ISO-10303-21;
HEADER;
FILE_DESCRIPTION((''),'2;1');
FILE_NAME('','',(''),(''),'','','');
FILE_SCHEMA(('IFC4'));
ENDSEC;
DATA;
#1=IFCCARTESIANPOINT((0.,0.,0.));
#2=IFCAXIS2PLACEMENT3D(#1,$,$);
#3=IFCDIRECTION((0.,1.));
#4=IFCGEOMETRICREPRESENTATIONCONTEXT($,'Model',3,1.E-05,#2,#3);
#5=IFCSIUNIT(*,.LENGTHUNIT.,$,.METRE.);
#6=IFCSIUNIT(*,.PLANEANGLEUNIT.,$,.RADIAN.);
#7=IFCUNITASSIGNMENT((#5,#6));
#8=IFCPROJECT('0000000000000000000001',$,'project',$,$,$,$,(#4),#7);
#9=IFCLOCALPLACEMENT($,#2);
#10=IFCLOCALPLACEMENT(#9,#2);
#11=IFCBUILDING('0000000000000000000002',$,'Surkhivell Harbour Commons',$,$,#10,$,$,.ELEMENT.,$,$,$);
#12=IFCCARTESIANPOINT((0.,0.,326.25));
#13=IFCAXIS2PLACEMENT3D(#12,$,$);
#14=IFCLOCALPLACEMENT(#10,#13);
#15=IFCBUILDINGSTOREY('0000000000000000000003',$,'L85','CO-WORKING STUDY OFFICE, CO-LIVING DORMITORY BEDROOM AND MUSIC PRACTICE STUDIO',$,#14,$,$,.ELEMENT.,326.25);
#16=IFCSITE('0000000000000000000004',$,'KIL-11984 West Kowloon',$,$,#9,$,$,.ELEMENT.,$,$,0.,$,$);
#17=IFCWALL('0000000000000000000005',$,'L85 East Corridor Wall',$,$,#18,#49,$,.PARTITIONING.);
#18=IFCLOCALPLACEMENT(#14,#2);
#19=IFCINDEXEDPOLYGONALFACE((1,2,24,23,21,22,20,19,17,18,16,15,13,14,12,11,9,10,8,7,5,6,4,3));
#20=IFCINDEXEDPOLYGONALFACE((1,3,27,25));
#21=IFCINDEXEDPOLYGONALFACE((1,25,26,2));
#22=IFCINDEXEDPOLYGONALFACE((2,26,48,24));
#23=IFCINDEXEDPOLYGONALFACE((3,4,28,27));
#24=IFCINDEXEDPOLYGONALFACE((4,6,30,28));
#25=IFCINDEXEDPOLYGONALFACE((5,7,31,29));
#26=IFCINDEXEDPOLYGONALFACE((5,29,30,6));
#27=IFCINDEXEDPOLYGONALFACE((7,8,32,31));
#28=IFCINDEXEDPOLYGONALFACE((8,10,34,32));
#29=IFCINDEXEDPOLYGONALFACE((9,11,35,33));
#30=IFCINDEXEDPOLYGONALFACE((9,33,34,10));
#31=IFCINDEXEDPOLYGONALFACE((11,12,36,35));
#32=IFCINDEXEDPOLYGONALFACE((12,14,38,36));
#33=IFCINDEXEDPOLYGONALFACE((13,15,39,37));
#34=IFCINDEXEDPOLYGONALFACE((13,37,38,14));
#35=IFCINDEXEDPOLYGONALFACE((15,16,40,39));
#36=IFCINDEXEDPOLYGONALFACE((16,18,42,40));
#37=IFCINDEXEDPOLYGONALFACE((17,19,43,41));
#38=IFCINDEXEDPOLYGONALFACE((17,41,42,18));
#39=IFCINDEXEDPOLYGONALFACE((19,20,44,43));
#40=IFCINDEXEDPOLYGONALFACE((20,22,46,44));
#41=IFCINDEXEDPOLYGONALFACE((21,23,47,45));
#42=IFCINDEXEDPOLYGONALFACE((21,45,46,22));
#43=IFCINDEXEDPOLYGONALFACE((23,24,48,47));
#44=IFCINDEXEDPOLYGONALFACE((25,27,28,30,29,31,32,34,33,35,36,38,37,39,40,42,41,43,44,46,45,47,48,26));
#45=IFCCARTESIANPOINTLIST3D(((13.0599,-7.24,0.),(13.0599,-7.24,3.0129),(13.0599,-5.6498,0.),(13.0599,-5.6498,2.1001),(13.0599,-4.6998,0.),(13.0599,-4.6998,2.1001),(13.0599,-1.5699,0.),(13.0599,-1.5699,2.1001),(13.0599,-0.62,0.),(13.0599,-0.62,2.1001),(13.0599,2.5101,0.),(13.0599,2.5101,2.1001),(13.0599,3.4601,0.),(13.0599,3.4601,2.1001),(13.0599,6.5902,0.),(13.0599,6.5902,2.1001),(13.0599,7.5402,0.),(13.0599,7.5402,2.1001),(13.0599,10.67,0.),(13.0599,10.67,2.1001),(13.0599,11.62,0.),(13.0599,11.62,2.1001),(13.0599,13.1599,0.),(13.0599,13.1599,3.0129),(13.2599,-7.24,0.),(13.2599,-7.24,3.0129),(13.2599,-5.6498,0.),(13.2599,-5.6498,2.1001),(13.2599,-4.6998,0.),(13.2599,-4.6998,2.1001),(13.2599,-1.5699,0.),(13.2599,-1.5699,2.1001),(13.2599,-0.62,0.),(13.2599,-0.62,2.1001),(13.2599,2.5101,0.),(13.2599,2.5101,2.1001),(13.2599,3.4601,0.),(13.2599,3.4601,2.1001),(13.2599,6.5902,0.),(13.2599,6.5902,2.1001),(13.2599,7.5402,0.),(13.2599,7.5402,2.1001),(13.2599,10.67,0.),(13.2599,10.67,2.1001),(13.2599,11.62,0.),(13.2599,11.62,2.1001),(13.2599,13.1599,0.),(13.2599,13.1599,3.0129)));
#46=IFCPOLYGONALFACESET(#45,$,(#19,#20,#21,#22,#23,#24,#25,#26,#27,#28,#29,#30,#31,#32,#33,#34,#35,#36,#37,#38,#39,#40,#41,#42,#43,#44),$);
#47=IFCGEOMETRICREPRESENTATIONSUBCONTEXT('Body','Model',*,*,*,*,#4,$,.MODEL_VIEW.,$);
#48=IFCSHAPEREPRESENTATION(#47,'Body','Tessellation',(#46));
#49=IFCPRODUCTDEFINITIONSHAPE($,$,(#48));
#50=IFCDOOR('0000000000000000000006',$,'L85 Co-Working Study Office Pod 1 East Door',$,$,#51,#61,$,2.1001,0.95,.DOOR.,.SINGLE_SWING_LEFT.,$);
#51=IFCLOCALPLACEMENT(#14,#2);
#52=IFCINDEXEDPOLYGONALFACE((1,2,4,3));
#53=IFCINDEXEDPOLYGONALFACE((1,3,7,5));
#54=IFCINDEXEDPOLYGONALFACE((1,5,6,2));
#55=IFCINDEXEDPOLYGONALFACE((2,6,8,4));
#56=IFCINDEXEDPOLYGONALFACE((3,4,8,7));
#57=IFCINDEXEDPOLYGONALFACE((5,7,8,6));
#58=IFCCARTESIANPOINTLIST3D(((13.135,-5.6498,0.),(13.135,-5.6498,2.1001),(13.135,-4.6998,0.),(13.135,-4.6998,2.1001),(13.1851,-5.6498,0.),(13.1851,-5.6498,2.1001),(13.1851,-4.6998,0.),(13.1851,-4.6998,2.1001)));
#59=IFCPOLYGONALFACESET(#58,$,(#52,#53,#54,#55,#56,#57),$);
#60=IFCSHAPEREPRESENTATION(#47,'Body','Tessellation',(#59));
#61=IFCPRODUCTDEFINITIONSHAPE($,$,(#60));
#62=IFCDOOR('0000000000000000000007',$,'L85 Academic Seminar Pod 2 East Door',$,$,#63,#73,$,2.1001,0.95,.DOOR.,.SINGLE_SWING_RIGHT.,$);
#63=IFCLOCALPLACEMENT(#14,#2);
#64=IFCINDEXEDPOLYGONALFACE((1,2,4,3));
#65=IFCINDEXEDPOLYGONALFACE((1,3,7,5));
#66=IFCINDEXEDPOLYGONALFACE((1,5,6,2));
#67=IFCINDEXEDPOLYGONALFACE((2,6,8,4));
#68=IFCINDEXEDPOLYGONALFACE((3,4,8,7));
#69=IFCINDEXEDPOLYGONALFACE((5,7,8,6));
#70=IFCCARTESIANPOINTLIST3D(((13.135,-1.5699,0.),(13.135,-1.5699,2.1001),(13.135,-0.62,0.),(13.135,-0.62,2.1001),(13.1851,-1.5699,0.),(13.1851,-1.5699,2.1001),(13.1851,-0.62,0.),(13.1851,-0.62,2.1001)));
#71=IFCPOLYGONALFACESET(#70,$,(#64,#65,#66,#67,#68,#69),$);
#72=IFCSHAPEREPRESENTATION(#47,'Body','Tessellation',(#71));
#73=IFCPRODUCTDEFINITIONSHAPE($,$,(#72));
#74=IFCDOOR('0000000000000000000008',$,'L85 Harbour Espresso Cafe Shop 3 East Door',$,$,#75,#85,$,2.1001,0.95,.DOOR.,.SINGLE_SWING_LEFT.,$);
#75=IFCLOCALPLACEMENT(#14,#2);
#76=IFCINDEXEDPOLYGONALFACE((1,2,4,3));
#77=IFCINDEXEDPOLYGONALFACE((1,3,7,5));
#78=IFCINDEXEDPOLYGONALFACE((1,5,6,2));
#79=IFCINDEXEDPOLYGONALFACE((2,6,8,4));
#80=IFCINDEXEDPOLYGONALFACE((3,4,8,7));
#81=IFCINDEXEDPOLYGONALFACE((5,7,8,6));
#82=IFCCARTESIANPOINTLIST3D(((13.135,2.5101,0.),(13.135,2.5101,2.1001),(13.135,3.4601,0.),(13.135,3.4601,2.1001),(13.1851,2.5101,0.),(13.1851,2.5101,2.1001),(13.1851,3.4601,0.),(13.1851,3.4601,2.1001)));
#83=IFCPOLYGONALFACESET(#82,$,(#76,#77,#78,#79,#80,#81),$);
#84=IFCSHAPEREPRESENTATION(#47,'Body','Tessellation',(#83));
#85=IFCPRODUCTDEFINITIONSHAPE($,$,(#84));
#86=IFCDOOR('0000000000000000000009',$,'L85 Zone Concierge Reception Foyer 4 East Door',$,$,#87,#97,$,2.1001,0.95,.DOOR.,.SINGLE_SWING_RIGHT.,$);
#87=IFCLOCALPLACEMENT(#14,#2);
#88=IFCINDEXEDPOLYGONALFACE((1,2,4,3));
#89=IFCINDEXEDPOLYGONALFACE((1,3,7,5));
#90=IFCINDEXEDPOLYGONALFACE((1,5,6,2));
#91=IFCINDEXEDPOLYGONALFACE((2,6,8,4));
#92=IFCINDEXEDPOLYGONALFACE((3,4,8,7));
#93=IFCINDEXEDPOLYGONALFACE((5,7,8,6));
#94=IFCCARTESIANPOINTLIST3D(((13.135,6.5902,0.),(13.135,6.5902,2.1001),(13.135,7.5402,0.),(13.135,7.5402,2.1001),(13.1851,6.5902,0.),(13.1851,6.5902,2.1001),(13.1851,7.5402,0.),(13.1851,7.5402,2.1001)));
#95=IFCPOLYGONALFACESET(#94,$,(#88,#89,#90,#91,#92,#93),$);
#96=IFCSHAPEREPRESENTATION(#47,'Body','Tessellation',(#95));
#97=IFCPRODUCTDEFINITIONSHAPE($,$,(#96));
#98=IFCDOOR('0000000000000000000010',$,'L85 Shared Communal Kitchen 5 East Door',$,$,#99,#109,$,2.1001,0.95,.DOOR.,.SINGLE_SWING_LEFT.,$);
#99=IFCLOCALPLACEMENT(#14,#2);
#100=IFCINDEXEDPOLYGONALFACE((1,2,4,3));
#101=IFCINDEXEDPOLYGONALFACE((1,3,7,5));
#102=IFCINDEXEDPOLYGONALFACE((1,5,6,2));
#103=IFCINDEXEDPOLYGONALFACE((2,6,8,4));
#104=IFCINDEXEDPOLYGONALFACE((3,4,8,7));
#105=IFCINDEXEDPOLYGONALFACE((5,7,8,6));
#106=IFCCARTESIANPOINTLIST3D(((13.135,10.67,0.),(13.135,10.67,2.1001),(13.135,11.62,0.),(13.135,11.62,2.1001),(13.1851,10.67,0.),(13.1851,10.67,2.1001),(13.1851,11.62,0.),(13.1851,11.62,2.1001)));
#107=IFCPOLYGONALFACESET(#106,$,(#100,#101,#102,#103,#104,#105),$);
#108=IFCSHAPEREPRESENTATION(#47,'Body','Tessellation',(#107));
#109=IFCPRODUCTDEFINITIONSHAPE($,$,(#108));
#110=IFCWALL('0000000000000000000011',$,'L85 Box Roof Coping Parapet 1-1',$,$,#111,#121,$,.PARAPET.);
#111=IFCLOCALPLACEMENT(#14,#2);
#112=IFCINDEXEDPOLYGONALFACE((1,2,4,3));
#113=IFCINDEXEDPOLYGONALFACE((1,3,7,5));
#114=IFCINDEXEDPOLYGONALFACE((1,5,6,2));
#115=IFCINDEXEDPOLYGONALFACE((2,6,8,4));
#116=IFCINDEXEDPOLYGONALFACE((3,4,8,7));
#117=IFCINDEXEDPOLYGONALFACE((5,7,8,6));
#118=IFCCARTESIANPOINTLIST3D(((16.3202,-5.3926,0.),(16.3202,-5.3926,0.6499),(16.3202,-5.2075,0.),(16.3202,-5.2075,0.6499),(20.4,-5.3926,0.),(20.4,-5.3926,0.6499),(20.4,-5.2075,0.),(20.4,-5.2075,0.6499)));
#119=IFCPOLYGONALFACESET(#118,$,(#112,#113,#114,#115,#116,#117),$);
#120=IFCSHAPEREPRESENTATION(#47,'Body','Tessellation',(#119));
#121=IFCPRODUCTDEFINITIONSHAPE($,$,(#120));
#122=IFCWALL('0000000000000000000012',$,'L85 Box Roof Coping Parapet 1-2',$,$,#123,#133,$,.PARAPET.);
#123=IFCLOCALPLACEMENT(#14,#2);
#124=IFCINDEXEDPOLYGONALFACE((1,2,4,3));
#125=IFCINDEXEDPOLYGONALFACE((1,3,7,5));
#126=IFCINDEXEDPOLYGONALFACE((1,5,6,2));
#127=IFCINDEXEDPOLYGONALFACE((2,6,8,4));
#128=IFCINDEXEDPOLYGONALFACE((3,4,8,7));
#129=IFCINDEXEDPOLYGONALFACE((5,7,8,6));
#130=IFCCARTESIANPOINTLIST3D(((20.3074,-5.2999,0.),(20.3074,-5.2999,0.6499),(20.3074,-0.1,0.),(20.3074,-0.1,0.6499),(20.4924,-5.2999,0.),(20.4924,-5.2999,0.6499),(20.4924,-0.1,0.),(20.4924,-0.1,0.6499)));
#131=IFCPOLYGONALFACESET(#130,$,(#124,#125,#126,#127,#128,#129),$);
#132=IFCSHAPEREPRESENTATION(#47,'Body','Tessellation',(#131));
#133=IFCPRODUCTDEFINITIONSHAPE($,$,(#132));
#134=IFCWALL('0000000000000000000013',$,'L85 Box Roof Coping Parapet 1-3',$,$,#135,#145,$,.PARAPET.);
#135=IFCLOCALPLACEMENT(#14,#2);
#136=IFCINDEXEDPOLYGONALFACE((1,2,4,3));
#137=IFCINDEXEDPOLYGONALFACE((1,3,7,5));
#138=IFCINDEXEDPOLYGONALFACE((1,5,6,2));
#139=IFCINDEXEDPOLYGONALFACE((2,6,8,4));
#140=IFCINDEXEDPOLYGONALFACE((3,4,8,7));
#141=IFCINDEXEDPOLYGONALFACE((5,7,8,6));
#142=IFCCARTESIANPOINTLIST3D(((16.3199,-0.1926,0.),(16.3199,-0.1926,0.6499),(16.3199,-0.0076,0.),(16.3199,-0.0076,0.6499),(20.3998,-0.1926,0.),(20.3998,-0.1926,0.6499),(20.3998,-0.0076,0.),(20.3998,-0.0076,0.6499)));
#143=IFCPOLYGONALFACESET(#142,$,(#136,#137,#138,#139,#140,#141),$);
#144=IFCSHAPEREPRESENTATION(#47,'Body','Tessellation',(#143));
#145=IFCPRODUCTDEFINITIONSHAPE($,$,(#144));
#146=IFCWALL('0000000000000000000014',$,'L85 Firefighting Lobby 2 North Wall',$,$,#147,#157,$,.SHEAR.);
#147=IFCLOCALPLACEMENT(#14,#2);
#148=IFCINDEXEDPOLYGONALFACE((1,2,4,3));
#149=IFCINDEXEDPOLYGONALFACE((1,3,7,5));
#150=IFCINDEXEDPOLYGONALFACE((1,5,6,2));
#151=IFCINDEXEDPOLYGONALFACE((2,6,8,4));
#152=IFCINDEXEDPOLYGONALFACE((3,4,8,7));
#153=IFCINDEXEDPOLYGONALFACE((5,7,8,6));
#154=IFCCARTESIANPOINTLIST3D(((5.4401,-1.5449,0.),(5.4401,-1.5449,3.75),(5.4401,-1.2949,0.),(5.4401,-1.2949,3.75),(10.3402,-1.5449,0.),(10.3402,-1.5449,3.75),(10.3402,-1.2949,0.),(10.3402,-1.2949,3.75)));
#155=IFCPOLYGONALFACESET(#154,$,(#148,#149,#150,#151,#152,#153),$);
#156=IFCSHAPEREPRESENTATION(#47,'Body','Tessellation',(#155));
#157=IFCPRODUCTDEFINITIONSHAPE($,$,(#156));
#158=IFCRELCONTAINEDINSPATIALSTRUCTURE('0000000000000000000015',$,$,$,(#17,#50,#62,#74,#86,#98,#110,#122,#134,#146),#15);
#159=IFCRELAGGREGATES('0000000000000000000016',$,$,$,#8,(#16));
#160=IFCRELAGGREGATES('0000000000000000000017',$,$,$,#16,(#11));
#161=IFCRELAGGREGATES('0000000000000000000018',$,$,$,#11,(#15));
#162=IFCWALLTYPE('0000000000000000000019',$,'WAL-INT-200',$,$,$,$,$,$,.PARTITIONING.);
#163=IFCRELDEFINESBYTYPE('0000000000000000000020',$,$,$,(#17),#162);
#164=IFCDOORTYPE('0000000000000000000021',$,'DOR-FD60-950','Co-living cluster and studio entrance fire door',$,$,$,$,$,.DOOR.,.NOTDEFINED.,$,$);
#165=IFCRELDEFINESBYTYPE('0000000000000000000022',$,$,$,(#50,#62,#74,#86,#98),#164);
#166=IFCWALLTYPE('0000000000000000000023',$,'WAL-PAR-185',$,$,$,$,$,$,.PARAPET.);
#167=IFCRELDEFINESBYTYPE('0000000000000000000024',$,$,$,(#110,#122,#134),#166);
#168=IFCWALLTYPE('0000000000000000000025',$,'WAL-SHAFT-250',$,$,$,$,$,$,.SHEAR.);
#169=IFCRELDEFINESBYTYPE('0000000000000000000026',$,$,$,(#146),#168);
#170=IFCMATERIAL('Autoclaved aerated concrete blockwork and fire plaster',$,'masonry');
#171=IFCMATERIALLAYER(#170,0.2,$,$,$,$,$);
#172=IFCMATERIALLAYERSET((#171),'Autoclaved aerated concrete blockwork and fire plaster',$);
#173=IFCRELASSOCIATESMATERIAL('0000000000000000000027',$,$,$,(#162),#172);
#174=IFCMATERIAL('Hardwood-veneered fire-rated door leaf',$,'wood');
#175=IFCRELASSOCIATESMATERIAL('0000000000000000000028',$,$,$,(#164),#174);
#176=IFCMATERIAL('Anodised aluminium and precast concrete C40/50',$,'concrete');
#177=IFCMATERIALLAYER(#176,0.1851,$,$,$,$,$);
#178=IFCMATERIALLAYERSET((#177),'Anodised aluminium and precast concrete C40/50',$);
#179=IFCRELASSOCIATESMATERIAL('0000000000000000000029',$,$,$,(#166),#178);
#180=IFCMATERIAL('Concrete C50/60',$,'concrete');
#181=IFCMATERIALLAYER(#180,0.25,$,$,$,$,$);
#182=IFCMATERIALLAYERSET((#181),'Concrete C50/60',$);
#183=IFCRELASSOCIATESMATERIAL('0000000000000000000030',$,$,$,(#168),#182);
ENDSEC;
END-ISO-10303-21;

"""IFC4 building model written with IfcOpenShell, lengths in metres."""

from ifc_helpers import new_model, si_unit, direction, frame, frame_2d, origin, place, context, subcontext, project, spatial, rectangle, extrude, material, layer, layer_set, type_object, element, fill, save


model = new_model("IFC4")

# Units and contexts
model_context = context("Model", 3, precision=1e-05, world=origin(), true_north=direction((0.0, 1.0)))
body_context = subcontext(model_context, "Body", "Model", "MODEL_VIEW")
ifc_project = project(units=[si_unit("LENGTHUNIT", "METRE"), si_unit("PLANEANGLEUNIT", "RADIAN")], contexts=[model_context])

# Site, building, storey
site_placement = place(None, origin())
site = spatial("IfcSite", under=ifc_project, at=site_placement, Name="KIL-11984 West Kowloon", CompositionType="ELEMENT", RefElevation=0.0)
building_placement = place(site_placement, origin())
building = spatial("IfcBuilding", under=site, at=building_placement, Name="Surkhivell Harbour Commons", CompositionType="ELEMENT")
storey_placement = place(building_placement, frame((0.0, 0.0, 326.25)))
storey = spatial("IfcBuildingStorey", under=building, at=storey_placement, Name="L85", Description="CO-WORKING STUDY OFFICE, CO-LIVING DORMITORY BEDROOM AND MUSIC PRACTICE STUDIO", CompositionType="ELEMENT", Elevation=326.25)

# Shared definitions
ifc_material_1 = material(Name="Concrete C50/60", Category="concrete")

# Shared definitions
ifc_material_2 = material(Name="Hardwood-veneered fire-rated door leaf", Category="wood")

# Wall, openings, doors
ifc_material_3 = material(Name="Autoclaved aerated concrete blockwork and fire plaster", Category="masonry")
ifc_layer_1 = layer(ifc_material_3, 0.2)
ifc_layer_set_1 = layer_set([ifc_layer_1], Name="Autoclaved aerated concrete blockwork and fire plaster")
wall_type_1 = type_object("IfcWallType", Name="WAL-INT-200", PredefinedType="PARTITIONING", material=ifc_layer_set_1)
wall_1_placement = place(storey_placement, frame((13.1599, -7.24, 0.0), z_axis=(0.0, 0.0, 1.0), x_axis=(0.0, 1.0, 0.0)))
wall_1 = element("IfcWall", 1, at=wall_1_placement, inside=storey, type_object=wall_type_1, Name="L85 East Corridor Wall", PredefinedType="PARTITIONING", context=body_context, shape_type="SweptSolid", body=[
    extrude(rectangle(XDim=20.3999, YDim=0.2, at=frame_2d((10.2, 0.0))), origin(), (0.0, 0.0, 1.0), 3.0129),
])
opening_1_placement = place(wall_1_placement, frame((1.5901, 0.0, 0.0)))
opening_1 = element("IfcOpeningElement", 2, at=opening_1_placement, cuts=wall_1, PredefinedType="OPENING", context=body_context, shape_type="SweptSolid", body=[
    extrude(rectangle(XDim=0.95, YDim=2.1001, at=frame_2d((0.4751, 1.05))), frame((0.0, 0.1099, 0.0), z_axis=(0.0, -1.0, 0.0), x_axis=(1.0, 0.0, 0.0)), (0.0, 0.0, 1.0), 0.22),
])
opening_2_placement = place(wall_1_placement, frame((5.6699, 0.0, 0.0)))
opening_2 = element("IfcOpeningElement", 3, at=opening_2_placement, cuts=wall_1, PredefinedType="OPENING", context=body_context, shape_type="SweptSolid", body=[
    extrude(rectangle(XDim=0.95, YDim=2.1001, at=frame_2d((0.4751, 1.05))), frame((0.0, 0.1099, 0.0), z_axis=(0.0, -1.0, 0.0), x_axis=(1.0, 0.0, 0.0)), (0.0, 0.0, 1.0), 0.22),
])
opening_3_placement = place(wall_1_placement, frame((9.75, 0.0, 0.0)))
opening_3 = element("IfcOpeningElement", 4, at=opening_3_placement, cuts=wall_1, PredefinedType="OPENING", context=body_context, shape_type="SweptSolid", body=[
    extrude(rectangle(XDim=0.95, YDim=2.1001, at=frame_2d((0.4751, 1.05))), frame((0.0, 0.1099, 0.0), z_axis=(0.0, -1.0, 0.0), x_axis=(1.0, 0.0, 0.0)), (0.0, 0.0, 1.0), 0.22),
])
opening_4_placement = place(wall_1_placement, frame((13.8301, 0.0, 0.0)))
opening_4 = element("IfcOpeningElement", 5, at=opening_4_placement, cuts=wall_1, PredefinedType="OPENING", context=body_context, shape_type="SweptSolid", body=[
    extrude(rectangle(XDim=0.95, YDim=2.1001, at=frame_2d((0.4751, 1.05))), frame((0.0, 0.1099, 0.0), z_axis=(0.0, -1.0, 0.0), x_axis=(1.0, 0.0, 0.0)), (0.0, 0.0, 1.0), 0.22),
])
opening_5_placement = place(wall_1_placement, frame((17.9099, 0.0, 0.0)))
opening_5 = element("IfcOpeningElement", 6, at=opening_5_placement, cuts=wall_1, PredefinedType="OPENING", context=body_context, shape_type="SweptSolid", body=[
    extrude(rectangle(XDim=0.95, YDim=2.1001, at=frame_2d((0.4751, 1.05))), frame((0.0, 0.1099, 0.0), z_axis=(0.0, -1.0, 0.0), x_axis=(1.0, 0.0, 0.0)), (0.0, 0.0, 1.0), 0.22),
])
door_type_1 = type_object("IfcDoorType", Name="DOR-FD60-950", Description="Co-living cluster and studio entrance fire door", OperationType="NOTDEFINED", PredefinedType="DOOR", material=ifc_material_2)
door_1_placement = place(opening_1_placement, origin())
door_1 = element("IfcDoor", 7, at=door_1_placement, inside=storey, type_object=door_type_1, Name="L85 Co-Working Study Office Pod 1 East Door", OperationType="SINGLE_SWING_LEFT", OverallHeight=2.1001, OverallWidth=0.95, PredefinedType="DOOR", context=body_context, shape_type="SweptSolid", body=[
    extrude(rectangle(XDim=0.95, YDim=2.1001, at=frame_2d((0.4751, 1.05))), frame((0.0, 0.0249, 0.0), z_axis=(0.0, -1.0, 0.0), x_axis=(1.0, 0.0, 0.0)), (0.0, 0.0, 1.0), 0.05),
])
fill(opening_1, door_1)
door_2_placement = place(opening_2_placement, origin())
door_2 = element("IfcDoor", 8, at=door_2_placement, inside=storey, type_object=door_type_1, Name="L85 Academic Seminar Pod 2 East Door", OperationType="SINGLE_SWING_RIGHT", OverallHeight=2.1001, OverallWidth=0.95, PredefinedType="DOOR", context=body_context, shape_type="SweptSolid", body=[
    extrude(rectangle(XDim=0.95, YDim=2.1001, at=frame_2d((0.4751, 1.05))), frame((0.0, 0.0249, 0.0), z_axis=(0.0, -1.0, 0.0), x_axis=(1.0, 0.0, 0.0)), (0.0, 0.0, 1.0), 0.05),
])
fill(opening_2, door_2)
door_3_placement = place(opening_3_placement, origin())
door_3 = element("IfcDoor", 9, at=door_3_placement, inside=storey, type_object=door_type_1, Name="L85 Harbour Espresso Cafe Shop 3 East Door", OperationType="SINGLE_SWING_LEFT", OverallHeight=2.1001, OverallWidth=0.95, PredefinedType="DOOR", context=body_context, shape_type="SweptSolid", body=[
    extrude(rectangle(XDim=0.95, YDim=2.1001, at=frame_2d((0.4751, 1.05))), frame((0.0, 0.0249, 0.0), z_axis=(0.0, -1.0, 0.0), x_axis=(1.0, 0.0, 0.0)), (0.0, 0.0, 1.0), 0.05),
])
fill(opening_3, door_3)
door_4_placement = place(opening_4_placement, origin())
door_4 = element("IfcDoor", 10, at=door_4_placement, inside=storey, type_object=door_type_1, Name="L85 Zone Concierge Reception Foyer 4 East Door", OperationType="SINGLE_SWING_RIGHT", OverallHeight=2.1001, OverallWidth=0.95, PredefinedType="DOOR", context=body_context, shape_type="SweptSolid", body=[
    extrude(rectangle(XDim=0.95, YDim=2.1001, at=frame_2d((0.4751, 1.05))), frame((0.0, 0.0249, 0.0), z_axis=(0.0, -1.0, 0.0), x_axis=(1.0, 0.0, 0.0)), (0.0, 0.0, 1.0), 0.05),
])
fill(opening_4, door_4)
door_5_placement = place(opening_5_placement, origin())
door_5 = element("IfcDoor", 11, at=door_5_placement, inside=storey, type_object=door_type_1, Name="L85 Shared Communal Kitchen 5 East Door", OperationType="SINGLE_SWING_LEFT", OverallHeight=2.1001, OverallWidth=0.95, PredefinedType="DOOR", context=body_context, shape_type="SweptSolid", body=[
    extrude(rectangle(XDim=0.95, YDim=2.1001, at=frame_2d((0.4751, 1.05))), frame((0.0, 0.0249, 0.0), z_axis=(0.0, -1.0, 0.0), x_axis=(1.0, 0.0, 0.0)), (0.0, 0.0, 1.0), 0.05),
])
fill(opening_5, door_5)

# Walls
ifc_material_4 = material(Name="Anodised aluminium and precast concrete C40/50", Category="concrete")
ifc_layer_2 = layer(ifc_material_4, 0.1851)
ifc_layer_set_2 = layer_set([ifc_layer_2], Name="Anodised aluminium and precast concrete C40/50")
wall_type_2 = type_object("IfcWallType", Name="WAL-PAR-185", PredefinedType="PARAPET", material=ifc_layer_set_2)
wall_2_placement = place(storey_placement, frame((16.3201, -5.3, 0.0), z_axis=(0.0, 0.0, 1.0), x_axis=(1.0, 0.0, 0.0)))
element("IfcWall", 12, at=wall_2_placement, inside=storey, type_object=wall_type_2, Name="L85 Box Roof Coping Parapet 1-1", PredefinedType="PARAPET", context=body_context, shape_type="SweptSolid", body=[
    extrude(rectangle(XDim=4.0798, YDim=0.1851, at=frame_2d((2.04, 0.0))), origin(), (0.0, 0.0, 1.0), 0.6499),
])
wall_3_placement = place(storey_placement, frame((20.3999, -5.3, 0.0), z_axis=(0.0, 0.0, 1.0), x_axis=(0.0, 1.0, 0.0)))
element("IfcWall", 13, at=wall_3_placement, inside=storey, type_object=wall_type_2, Name="L85 Box Roof Coping Parapet 1-2", PredefinedType="PARAPET", context=body_context, shape_type="SweptSolid", body=[
    extrude(rectangle(XDim=5.2, YDim=0.1851, at=frame_2d((2.6001, 0.0))), origin(), (0.0, 0.0, 1.0), 0.6499),
])
wall_4_placement = place(storey_placement, frame((20.3999, -0.1001, 0.0), z_axis=(0.0, 0.0, 1.0), x_axis=(-1.0, 0.0, 0.0)))
element("IfcWall", 14, at=wall_4_placement, inside=storey, type_object=wall_type_2, Name="L85 Box Roof Coping Parapet 1-3", PredefinedType="PARAPET", context=body_context, shape_type="SweptSolid", body=[
    extrude(rectangle(XDim=4.0798, YDim=0.1851, at=frame_2d((2.04, 0.0))), origin(), (0.0, 0.0, 1.0), 0.6499),
])
ifc_layer_3 = layer(ifc_material_1, 0.25)
ifc_layer_set_3 = layer_set([ifc_layer_3], Name="Concrete C50/60")
wall_type_3 = type_object("IfcWallType", Name="WAL-SHAFT-250", PredefinedType="SHEAR", material=ifc_layer_set_3)
wall_5_placement = place(storey_placement, frame((5.4399, -1.4199, 0.0), z_axis=(0.0, 0.0, 1.0), x_axis=(1.0, 0.0, 0.0)))
element("IfcWall", 15, at=wall_5_placement, inside=storey, type_object=wall_type_3, Name="L85 Firefighting Lobby 2 North Wall", PredefinedType="SHEAR", context=body_context, shape_type="SweptSolid", body=[
    extrude(rectangle(XDim=4.9001, YDim=0.25, at=frame_2d((2.4502, 0.0))), origin(), (0.0, 0.0, 1.0), 3.75),
])

save(model, "model.ifc")
